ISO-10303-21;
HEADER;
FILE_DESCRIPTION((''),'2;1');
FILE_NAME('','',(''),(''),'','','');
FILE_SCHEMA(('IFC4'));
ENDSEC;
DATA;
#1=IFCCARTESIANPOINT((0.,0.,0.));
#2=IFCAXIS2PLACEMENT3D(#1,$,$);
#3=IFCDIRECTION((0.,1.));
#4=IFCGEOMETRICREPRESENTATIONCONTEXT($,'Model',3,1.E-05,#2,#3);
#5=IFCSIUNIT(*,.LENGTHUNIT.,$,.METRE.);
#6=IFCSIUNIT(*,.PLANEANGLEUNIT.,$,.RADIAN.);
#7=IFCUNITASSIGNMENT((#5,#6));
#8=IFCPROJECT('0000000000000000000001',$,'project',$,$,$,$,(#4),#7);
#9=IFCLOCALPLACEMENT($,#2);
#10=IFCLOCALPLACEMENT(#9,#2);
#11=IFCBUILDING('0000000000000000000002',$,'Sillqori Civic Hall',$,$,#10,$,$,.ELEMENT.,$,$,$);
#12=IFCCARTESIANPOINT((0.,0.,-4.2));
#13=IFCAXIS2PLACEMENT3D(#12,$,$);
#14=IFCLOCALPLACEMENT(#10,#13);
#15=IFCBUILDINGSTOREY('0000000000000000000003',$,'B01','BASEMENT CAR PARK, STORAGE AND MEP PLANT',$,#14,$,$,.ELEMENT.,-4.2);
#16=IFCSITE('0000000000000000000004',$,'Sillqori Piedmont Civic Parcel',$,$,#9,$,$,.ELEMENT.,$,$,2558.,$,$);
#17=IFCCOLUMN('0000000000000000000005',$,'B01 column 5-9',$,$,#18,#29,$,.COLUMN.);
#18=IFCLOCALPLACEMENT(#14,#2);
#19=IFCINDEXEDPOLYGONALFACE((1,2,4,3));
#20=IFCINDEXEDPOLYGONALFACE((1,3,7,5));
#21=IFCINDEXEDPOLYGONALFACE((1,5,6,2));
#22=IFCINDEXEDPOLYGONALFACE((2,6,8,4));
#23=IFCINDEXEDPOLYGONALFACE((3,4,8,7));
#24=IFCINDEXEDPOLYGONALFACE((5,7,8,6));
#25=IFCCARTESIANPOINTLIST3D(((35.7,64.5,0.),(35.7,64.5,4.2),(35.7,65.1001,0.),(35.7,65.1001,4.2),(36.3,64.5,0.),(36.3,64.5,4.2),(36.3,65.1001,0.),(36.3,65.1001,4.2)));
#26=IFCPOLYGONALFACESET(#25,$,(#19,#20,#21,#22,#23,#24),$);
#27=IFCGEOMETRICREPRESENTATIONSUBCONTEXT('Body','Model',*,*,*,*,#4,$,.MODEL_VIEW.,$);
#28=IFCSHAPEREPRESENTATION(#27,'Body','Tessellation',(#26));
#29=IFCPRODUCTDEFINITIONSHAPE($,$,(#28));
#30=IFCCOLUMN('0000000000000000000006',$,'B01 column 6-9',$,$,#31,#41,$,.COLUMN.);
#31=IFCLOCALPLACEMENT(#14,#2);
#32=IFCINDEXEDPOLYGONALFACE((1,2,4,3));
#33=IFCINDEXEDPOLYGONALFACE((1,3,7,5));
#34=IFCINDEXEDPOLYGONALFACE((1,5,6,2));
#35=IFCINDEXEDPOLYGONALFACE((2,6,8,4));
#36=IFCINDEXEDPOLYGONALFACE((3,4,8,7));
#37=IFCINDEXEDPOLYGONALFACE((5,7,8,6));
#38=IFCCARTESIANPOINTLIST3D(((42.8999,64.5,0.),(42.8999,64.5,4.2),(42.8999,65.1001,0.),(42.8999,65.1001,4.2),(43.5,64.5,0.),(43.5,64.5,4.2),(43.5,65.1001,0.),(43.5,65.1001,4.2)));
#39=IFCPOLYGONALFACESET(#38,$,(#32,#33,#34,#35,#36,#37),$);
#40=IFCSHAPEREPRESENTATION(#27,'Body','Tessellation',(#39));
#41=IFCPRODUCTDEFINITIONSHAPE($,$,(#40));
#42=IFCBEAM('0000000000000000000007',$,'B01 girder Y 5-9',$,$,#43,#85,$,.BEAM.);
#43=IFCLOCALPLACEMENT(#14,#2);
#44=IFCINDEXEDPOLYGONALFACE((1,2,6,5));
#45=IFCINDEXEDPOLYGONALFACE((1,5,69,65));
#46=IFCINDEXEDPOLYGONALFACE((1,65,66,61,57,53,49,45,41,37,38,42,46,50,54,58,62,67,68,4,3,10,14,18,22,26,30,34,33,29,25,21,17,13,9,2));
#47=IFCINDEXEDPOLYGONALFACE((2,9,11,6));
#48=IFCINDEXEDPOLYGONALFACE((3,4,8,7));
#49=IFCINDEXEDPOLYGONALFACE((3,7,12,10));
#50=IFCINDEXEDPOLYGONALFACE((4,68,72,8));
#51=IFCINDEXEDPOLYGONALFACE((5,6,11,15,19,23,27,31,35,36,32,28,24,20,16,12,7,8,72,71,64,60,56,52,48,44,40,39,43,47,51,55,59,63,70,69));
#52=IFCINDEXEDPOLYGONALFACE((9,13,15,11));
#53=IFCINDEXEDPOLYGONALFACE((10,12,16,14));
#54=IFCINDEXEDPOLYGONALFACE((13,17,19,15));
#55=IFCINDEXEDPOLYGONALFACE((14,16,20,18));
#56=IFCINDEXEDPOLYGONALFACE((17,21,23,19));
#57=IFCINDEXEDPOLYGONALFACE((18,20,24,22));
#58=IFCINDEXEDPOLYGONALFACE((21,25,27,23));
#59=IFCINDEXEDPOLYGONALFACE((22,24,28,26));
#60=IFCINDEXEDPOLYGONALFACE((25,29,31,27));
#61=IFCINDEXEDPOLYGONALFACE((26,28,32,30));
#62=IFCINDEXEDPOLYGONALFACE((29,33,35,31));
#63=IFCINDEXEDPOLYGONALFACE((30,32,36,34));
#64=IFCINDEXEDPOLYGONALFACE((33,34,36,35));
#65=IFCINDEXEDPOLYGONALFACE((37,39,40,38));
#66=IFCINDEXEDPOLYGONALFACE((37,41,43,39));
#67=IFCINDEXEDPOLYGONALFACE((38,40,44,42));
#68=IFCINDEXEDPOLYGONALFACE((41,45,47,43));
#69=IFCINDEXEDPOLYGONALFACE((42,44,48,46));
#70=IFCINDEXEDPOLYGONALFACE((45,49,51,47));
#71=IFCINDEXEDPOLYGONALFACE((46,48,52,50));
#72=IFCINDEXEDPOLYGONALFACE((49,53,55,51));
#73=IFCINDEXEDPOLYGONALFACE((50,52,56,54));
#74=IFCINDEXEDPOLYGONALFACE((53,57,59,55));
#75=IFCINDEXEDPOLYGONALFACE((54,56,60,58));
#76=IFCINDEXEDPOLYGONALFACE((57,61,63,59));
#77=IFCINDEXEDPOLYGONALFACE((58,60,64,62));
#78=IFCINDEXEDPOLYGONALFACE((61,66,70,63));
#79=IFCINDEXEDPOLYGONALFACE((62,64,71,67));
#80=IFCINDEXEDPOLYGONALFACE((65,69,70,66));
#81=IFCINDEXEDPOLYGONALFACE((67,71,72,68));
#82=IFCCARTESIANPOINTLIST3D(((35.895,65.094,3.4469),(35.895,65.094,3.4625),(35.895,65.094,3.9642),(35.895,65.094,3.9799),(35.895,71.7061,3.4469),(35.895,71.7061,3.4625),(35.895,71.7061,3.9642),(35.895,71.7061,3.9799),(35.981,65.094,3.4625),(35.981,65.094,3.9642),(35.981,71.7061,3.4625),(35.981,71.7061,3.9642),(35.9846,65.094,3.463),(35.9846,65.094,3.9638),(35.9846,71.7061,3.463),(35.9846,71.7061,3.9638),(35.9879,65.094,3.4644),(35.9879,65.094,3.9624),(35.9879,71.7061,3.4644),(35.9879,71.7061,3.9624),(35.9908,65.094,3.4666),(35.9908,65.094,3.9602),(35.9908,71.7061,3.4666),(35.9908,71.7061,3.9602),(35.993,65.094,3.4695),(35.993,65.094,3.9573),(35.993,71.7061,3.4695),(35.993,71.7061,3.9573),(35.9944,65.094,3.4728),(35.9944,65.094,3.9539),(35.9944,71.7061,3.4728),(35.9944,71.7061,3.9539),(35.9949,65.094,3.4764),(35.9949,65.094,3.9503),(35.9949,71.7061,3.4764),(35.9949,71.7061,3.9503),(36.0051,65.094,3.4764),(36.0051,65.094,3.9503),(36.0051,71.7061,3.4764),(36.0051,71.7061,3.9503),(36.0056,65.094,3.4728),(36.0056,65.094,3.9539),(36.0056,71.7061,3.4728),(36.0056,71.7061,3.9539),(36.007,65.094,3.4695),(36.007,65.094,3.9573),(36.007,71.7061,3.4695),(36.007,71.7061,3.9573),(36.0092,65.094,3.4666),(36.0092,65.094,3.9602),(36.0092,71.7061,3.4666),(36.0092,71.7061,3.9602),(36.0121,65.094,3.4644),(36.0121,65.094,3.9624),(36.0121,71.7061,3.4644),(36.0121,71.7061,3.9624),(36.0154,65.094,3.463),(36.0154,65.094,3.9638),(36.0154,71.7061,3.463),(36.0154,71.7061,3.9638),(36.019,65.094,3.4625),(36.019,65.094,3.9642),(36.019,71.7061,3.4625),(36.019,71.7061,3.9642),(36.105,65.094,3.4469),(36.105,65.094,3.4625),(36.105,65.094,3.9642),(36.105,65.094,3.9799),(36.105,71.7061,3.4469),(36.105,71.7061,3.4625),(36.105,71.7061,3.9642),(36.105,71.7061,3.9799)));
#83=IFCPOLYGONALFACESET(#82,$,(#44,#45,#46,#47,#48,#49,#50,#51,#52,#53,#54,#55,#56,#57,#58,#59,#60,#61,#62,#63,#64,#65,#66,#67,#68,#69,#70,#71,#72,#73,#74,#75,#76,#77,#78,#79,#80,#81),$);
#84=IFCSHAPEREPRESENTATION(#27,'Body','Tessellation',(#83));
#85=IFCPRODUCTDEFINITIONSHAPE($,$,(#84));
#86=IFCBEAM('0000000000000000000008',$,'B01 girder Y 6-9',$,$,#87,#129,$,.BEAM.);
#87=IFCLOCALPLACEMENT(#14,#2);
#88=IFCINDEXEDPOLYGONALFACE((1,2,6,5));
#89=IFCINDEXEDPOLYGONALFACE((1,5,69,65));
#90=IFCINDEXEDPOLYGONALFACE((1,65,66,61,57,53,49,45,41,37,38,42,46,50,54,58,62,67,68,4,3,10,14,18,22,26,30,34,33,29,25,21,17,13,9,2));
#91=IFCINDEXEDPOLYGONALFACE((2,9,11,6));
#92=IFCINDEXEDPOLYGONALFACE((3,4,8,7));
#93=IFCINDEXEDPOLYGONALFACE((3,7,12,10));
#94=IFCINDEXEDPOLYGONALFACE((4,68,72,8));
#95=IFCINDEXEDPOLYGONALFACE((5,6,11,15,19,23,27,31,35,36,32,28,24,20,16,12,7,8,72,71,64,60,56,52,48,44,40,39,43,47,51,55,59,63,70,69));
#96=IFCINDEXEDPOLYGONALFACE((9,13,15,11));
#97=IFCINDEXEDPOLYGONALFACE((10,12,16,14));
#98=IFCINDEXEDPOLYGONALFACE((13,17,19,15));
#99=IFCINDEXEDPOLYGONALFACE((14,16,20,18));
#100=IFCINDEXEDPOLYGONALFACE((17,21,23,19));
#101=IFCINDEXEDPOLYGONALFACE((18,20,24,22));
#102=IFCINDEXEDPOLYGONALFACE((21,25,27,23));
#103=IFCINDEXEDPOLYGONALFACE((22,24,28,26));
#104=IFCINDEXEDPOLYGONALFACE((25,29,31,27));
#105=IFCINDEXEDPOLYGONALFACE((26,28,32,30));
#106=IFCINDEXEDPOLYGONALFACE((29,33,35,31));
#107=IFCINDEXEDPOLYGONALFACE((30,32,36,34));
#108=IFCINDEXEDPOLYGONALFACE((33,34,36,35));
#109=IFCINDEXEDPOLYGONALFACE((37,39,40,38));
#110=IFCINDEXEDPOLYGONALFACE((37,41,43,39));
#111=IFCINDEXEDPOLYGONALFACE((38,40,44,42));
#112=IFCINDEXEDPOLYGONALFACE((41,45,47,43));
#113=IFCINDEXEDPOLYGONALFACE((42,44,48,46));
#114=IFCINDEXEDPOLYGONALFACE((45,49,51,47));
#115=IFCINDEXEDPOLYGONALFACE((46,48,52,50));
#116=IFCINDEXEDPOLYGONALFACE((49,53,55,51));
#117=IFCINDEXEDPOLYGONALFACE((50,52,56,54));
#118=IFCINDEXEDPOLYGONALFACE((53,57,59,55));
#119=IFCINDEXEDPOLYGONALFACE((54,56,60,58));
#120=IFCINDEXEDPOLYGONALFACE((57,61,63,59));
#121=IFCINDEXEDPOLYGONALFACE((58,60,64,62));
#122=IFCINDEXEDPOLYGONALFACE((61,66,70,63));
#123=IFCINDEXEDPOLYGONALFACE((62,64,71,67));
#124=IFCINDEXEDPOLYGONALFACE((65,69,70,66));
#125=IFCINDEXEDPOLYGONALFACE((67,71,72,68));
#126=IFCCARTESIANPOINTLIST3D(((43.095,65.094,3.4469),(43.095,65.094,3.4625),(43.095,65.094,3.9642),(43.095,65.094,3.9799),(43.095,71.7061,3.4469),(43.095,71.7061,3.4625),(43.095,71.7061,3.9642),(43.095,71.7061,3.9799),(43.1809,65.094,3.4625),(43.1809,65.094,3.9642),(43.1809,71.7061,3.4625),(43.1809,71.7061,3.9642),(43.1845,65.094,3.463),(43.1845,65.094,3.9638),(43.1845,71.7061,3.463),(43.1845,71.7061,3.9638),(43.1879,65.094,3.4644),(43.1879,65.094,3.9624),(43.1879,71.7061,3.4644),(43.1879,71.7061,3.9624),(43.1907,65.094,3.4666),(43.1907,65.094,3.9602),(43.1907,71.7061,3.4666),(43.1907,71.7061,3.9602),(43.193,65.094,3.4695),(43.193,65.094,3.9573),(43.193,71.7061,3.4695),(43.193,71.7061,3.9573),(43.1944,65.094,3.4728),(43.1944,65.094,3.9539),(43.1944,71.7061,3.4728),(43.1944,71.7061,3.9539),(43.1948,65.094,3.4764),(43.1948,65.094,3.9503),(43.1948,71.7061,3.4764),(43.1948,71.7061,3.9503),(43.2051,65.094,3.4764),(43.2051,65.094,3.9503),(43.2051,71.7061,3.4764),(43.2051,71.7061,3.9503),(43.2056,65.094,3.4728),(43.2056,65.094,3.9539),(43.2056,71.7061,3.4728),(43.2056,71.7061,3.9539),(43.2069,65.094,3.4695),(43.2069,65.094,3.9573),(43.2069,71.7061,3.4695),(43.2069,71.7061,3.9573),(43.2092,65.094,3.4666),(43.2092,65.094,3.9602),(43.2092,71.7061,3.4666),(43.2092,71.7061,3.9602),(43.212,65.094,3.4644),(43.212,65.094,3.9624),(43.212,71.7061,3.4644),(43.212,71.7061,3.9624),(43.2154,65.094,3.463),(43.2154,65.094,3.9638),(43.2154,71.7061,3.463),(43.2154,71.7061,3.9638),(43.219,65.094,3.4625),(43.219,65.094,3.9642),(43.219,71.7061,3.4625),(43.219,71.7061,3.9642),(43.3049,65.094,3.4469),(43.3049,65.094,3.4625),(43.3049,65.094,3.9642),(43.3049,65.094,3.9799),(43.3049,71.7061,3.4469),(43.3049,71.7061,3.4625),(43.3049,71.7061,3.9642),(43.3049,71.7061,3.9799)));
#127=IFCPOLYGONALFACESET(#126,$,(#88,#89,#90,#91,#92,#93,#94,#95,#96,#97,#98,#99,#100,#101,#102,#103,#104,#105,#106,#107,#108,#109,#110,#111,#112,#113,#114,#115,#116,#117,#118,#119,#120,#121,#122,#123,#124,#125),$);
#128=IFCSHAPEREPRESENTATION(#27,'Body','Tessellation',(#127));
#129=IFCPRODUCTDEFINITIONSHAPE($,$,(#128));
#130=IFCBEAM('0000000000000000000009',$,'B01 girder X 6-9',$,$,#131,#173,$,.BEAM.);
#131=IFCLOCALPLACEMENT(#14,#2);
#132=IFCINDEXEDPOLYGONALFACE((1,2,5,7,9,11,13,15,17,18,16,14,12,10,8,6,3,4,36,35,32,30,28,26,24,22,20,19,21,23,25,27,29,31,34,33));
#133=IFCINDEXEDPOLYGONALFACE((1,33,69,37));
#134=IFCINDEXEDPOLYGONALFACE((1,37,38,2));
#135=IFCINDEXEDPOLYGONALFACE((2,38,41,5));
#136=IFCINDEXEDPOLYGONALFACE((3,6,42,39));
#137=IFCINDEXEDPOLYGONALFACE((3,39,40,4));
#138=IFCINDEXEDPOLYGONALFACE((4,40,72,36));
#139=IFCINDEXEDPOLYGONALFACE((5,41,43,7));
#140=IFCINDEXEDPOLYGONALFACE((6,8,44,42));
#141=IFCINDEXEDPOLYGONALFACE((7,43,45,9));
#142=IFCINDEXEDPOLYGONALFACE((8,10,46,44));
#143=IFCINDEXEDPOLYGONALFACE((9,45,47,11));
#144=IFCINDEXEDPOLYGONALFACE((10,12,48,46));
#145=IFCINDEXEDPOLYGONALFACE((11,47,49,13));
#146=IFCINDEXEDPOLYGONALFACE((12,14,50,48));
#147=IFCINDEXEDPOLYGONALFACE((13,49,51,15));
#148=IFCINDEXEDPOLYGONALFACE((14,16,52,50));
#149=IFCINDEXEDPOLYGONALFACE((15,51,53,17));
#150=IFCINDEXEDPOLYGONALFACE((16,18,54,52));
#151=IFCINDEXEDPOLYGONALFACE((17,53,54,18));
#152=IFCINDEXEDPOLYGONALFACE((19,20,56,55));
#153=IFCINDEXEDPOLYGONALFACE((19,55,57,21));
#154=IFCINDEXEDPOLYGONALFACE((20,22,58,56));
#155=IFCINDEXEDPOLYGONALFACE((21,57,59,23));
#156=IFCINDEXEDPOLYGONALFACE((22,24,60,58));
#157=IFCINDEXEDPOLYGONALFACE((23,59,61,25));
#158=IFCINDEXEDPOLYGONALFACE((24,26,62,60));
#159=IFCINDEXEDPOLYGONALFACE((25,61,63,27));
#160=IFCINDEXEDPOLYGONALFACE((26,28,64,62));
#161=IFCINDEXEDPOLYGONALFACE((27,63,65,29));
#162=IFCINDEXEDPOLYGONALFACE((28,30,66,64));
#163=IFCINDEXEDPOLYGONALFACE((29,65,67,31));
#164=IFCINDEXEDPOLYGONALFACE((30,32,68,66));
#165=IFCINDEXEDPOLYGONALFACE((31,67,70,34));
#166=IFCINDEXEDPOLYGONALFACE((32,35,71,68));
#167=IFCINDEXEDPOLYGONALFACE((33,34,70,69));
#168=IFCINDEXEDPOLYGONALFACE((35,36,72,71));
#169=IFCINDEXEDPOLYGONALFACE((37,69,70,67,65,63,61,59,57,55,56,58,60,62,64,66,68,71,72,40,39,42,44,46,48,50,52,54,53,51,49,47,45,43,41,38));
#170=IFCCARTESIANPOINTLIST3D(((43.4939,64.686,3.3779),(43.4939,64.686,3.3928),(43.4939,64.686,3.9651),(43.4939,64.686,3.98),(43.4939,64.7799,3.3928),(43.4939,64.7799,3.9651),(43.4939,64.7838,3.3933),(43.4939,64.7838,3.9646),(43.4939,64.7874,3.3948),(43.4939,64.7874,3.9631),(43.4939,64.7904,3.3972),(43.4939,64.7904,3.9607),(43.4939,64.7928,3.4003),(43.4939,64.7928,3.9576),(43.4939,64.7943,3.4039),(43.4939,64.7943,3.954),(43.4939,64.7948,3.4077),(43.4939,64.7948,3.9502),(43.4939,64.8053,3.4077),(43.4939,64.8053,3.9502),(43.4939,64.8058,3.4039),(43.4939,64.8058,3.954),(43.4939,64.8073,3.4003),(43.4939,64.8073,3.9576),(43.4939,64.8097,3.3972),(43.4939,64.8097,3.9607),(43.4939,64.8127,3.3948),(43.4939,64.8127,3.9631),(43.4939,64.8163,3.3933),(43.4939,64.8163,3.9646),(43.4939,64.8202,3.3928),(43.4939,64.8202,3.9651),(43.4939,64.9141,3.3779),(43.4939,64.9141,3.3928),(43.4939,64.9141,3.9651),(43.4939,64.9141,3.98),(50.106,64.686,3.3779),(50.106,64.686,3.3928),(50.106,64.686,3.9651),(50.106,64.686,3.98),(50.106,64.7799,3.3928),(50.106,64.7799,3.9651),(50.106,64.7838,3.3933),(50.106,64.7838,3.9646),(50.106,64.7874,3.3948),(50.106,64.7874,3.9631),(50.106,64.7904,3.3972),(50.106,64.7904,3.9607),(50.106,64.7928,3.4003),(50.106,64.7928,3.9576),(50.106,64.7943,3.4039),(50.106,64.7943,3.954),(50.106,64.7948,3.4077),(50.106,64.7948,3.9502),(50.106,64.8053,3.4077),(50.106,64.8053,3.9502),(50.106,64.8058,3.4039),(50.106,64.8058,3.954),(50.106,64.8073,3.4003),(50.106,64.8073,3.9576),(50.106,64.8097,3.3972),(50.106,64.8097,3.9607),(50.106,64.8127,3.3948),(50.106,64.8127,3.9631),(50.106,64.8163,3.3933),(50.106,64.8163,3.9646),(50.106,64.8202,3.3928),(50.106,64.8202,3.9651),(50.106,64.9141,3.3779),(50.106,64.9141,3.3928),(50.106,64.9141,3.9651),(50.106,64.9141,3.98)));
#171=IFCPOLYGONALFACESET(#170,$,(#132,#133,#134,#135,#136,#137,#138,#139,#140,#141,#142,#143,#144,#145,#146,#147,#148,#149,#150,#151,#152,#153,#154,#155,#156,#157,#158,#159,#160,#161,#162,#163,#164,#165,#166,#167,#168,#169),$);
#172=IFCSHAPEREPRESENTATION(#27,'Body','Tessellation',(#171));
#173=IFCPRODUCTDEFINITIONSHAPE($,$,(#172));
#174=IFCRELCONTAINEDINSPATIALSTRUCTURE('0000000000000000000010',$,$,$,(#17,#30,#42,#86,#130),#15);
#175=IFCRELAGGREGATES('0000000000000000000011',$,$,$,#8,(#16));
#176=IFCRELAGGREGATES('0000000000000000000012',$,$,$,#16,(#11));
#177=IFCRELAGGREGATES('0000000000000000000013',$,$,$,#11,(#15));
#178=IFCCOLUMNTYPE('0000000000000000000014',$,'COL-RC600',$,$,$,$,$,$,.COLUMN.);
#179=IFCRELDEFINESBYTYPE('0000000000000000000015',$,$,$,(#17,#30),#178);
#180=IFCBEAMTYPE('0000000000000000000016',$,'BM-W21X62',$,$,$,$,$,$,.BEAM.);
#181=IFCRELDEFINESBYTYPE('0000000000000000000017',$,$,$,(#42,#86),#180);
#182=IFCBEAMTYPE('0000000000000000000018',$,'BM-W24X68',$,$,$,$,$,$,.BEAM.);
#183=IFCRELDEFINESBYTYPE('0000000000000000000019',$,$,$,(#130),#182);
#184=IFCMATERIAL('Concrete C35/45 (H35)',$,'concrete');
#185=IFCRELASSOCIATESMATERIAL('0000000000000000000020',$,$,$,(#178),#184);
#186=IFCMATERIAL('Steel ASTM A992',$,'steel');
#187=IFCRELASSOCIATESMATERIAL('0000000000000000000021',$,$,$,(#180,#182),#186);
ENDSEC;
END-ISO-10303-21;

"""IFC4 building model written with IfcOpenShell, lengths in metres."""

from ifc_helpers import new_model, si_unit, direction, frame, origin, origin_2d, place, context, subcontext, project, spatial, rectangle, i_section, extrude, material, material_profile, profile_set, type_object, element, save


model = new_model("IFC4")

# Units and contexts
model_context = context("Model", 3, precision=1e-05, world=origin(), true_north=direction((0.0, 1.0)))
body_context = subcontext(model_context, "Body", "Model", "MODEL_VIEW")
ifc_project = project(units=[si_unit("LENGTHUNIT", "METRE"), si_unit("PLANEANGLEUNIT", "RADIAN")], contexts=[model_context])

# Site, building, storey
site_placement = place(None, origin())
site = spatial("IfcSite", under=ifc_project, at=site_placement, Name="Sillqori Piedmont Civic Parcel", CompositionType="ELEMENT", RefElevation=2558.0)
building_placement = place(site_placement, origin())
building = spatial("IfcBuilding", under=site, at=building_placement, Name="Sillqori Civic Hall", CompositionType="ELEMENT")
storey_placement = place(building_placement, frame((0.0, 0.0, -4.2)))
storey = spatial("IfcBuildingStorey", under=building, at=storey_placement, Name="B01", Description="BASEMENT CAR PARK, STORAGE AND MEP PLANT", CompositionType="ELEMENT", Elevation=-4.2)

# Shared definitions
ifc_material_1 = material(Name="Concrete C35/45 (H35)", Category="concrete")

# Columns
ifc_material_profile_1 = material_profile(ifc_material_1, rectangle(XDim=0.6001, YDim=0.6001, at=origin_2d()), Name="RC 600x600")
ifc_profile_set_1 = profile_set([ifc_material_profile_1], Name="Concrete C35/45 (H35)")
column_type = type_object("IfcColumnType", Name="COL-RC600", PredefinedType="COLUMN", material=ifc_profile_set_1)
for number, where, z_axis, x_axis, name in (
    (1, (36.0, 64.8, 0.0), (0.0, 0.0, 1.0), (1.0, 0.0, 0.0), "B01 column 5-9"),
    (2, (43.2, 64.8, 0.0), (0.0, 0.0, 1.0), (1.0, 0.0, 0.0), "B01 column 6-9"),
):
    element("IfcColumn", number, at=place(storey_placement, frame(where, z_axis=z_axis, x_axis=x_axis)), inside=storey, type_object=column_type, Name=name, PredefinedType="COLUMN", context=body_context, shape_type="SweptSolid", body=[
        extrude(rectangle(XDim=0.6001, YDim=0.6001, at=origin_2d()), origin(), (0.0, 0.0, 1.0), 4.2),
    ])

# Beams
ifc_material_2 = material(Name="Steel ASTM A992", Category="steel")
ifc_material_profile_2 = material_profile(ifc_material_2, i_section(OverallWidth=0.21, OverallDepth=0.533, WebThickness=0.0103, FlangeThickness=0.0156, FilletRadius=0.0139, at=origin_2d()), Name="W21X62")
ifc_profile_set_2 = profile_set([ifc_material_profile_2], Name="Steel ASTM A992")
beam_type_1 = type_object("IfcBeamType", Name="BM-W21X62", PredefinedType="BEAM", material=ifc_profile_set_2)
for number, where, z_axis, x_axis, name in (
    (3, (36.0, 65.094, 3.7134), (0.0, 1.0, 0.0), (-1.0, 0.0, 0.0), "B01 girder Y 5-9"),
    (4, (43.2, 65.094, 3.7134), (0.0, 1.0, 0.0), (-1.0, 0.0, 0.0), "B01 girder Y 6-9"),
):
    element("IfcBeam", number, at=place(storey_placement, frame(where, z_axis=z_axis, x_axis=x_axis)), inside=storey, type_object=beam_type_1, Name=name, PredefinedType="BEAM", context=body_context, shape_type="SweptSolid", body=[
        extrude(i_section(OverallWidth=0.21, OverallDepth=0.533, WebThickness=0.0103, FlangeThickness=0.0156, FilletRadius=0.0139, at=origin_2d()), origin(), (0.0, 0.0, 1.0), 6.6121),
    ])
ifc_material_profile_3 = material_profile(ifc_material_2, i_section(OverallWidth=0.228, OverallDepth=0.6021, WebThickness=0.0105, FlangeThickness=0.0149, FilletRadius=0.0149, at=origin_2d()), Name="W24X68")
ifc_profile_set_3 = profile_set([ifc_material_profile_3], Name="Steel ASTM A992")
beam_type_2 = type_object("IfcBeamType", Name="BM-W24X68", PredefinedType="BEAM", material=ifc_profile_set_3)
beam_placement = place(storey_placement, frame((43.4939, 64.8, 3.679), z_axis=(1.0, 0.0, 0.0), x_axis=(0.0, 1.0, 0.0)))
element("IfcBeam", 5, at=beam_placement, inside=storey, type_object=beam_type_2, Name="B01 girder X 6-9", PredefinedType="BEAM", context=body_context, shape_type="SweptSolid", body=[
    extrude(i_section(OverallWidth=0.228, OverallDepth=0.6021, WebThickness=0.0105, FlangeThickness=0.0149, FilletRadius=0.0149, at=origin_2d()), origin(), (0.0, 0.0, 1.0), 6.6121),
])

save(model, "model.ifc")
